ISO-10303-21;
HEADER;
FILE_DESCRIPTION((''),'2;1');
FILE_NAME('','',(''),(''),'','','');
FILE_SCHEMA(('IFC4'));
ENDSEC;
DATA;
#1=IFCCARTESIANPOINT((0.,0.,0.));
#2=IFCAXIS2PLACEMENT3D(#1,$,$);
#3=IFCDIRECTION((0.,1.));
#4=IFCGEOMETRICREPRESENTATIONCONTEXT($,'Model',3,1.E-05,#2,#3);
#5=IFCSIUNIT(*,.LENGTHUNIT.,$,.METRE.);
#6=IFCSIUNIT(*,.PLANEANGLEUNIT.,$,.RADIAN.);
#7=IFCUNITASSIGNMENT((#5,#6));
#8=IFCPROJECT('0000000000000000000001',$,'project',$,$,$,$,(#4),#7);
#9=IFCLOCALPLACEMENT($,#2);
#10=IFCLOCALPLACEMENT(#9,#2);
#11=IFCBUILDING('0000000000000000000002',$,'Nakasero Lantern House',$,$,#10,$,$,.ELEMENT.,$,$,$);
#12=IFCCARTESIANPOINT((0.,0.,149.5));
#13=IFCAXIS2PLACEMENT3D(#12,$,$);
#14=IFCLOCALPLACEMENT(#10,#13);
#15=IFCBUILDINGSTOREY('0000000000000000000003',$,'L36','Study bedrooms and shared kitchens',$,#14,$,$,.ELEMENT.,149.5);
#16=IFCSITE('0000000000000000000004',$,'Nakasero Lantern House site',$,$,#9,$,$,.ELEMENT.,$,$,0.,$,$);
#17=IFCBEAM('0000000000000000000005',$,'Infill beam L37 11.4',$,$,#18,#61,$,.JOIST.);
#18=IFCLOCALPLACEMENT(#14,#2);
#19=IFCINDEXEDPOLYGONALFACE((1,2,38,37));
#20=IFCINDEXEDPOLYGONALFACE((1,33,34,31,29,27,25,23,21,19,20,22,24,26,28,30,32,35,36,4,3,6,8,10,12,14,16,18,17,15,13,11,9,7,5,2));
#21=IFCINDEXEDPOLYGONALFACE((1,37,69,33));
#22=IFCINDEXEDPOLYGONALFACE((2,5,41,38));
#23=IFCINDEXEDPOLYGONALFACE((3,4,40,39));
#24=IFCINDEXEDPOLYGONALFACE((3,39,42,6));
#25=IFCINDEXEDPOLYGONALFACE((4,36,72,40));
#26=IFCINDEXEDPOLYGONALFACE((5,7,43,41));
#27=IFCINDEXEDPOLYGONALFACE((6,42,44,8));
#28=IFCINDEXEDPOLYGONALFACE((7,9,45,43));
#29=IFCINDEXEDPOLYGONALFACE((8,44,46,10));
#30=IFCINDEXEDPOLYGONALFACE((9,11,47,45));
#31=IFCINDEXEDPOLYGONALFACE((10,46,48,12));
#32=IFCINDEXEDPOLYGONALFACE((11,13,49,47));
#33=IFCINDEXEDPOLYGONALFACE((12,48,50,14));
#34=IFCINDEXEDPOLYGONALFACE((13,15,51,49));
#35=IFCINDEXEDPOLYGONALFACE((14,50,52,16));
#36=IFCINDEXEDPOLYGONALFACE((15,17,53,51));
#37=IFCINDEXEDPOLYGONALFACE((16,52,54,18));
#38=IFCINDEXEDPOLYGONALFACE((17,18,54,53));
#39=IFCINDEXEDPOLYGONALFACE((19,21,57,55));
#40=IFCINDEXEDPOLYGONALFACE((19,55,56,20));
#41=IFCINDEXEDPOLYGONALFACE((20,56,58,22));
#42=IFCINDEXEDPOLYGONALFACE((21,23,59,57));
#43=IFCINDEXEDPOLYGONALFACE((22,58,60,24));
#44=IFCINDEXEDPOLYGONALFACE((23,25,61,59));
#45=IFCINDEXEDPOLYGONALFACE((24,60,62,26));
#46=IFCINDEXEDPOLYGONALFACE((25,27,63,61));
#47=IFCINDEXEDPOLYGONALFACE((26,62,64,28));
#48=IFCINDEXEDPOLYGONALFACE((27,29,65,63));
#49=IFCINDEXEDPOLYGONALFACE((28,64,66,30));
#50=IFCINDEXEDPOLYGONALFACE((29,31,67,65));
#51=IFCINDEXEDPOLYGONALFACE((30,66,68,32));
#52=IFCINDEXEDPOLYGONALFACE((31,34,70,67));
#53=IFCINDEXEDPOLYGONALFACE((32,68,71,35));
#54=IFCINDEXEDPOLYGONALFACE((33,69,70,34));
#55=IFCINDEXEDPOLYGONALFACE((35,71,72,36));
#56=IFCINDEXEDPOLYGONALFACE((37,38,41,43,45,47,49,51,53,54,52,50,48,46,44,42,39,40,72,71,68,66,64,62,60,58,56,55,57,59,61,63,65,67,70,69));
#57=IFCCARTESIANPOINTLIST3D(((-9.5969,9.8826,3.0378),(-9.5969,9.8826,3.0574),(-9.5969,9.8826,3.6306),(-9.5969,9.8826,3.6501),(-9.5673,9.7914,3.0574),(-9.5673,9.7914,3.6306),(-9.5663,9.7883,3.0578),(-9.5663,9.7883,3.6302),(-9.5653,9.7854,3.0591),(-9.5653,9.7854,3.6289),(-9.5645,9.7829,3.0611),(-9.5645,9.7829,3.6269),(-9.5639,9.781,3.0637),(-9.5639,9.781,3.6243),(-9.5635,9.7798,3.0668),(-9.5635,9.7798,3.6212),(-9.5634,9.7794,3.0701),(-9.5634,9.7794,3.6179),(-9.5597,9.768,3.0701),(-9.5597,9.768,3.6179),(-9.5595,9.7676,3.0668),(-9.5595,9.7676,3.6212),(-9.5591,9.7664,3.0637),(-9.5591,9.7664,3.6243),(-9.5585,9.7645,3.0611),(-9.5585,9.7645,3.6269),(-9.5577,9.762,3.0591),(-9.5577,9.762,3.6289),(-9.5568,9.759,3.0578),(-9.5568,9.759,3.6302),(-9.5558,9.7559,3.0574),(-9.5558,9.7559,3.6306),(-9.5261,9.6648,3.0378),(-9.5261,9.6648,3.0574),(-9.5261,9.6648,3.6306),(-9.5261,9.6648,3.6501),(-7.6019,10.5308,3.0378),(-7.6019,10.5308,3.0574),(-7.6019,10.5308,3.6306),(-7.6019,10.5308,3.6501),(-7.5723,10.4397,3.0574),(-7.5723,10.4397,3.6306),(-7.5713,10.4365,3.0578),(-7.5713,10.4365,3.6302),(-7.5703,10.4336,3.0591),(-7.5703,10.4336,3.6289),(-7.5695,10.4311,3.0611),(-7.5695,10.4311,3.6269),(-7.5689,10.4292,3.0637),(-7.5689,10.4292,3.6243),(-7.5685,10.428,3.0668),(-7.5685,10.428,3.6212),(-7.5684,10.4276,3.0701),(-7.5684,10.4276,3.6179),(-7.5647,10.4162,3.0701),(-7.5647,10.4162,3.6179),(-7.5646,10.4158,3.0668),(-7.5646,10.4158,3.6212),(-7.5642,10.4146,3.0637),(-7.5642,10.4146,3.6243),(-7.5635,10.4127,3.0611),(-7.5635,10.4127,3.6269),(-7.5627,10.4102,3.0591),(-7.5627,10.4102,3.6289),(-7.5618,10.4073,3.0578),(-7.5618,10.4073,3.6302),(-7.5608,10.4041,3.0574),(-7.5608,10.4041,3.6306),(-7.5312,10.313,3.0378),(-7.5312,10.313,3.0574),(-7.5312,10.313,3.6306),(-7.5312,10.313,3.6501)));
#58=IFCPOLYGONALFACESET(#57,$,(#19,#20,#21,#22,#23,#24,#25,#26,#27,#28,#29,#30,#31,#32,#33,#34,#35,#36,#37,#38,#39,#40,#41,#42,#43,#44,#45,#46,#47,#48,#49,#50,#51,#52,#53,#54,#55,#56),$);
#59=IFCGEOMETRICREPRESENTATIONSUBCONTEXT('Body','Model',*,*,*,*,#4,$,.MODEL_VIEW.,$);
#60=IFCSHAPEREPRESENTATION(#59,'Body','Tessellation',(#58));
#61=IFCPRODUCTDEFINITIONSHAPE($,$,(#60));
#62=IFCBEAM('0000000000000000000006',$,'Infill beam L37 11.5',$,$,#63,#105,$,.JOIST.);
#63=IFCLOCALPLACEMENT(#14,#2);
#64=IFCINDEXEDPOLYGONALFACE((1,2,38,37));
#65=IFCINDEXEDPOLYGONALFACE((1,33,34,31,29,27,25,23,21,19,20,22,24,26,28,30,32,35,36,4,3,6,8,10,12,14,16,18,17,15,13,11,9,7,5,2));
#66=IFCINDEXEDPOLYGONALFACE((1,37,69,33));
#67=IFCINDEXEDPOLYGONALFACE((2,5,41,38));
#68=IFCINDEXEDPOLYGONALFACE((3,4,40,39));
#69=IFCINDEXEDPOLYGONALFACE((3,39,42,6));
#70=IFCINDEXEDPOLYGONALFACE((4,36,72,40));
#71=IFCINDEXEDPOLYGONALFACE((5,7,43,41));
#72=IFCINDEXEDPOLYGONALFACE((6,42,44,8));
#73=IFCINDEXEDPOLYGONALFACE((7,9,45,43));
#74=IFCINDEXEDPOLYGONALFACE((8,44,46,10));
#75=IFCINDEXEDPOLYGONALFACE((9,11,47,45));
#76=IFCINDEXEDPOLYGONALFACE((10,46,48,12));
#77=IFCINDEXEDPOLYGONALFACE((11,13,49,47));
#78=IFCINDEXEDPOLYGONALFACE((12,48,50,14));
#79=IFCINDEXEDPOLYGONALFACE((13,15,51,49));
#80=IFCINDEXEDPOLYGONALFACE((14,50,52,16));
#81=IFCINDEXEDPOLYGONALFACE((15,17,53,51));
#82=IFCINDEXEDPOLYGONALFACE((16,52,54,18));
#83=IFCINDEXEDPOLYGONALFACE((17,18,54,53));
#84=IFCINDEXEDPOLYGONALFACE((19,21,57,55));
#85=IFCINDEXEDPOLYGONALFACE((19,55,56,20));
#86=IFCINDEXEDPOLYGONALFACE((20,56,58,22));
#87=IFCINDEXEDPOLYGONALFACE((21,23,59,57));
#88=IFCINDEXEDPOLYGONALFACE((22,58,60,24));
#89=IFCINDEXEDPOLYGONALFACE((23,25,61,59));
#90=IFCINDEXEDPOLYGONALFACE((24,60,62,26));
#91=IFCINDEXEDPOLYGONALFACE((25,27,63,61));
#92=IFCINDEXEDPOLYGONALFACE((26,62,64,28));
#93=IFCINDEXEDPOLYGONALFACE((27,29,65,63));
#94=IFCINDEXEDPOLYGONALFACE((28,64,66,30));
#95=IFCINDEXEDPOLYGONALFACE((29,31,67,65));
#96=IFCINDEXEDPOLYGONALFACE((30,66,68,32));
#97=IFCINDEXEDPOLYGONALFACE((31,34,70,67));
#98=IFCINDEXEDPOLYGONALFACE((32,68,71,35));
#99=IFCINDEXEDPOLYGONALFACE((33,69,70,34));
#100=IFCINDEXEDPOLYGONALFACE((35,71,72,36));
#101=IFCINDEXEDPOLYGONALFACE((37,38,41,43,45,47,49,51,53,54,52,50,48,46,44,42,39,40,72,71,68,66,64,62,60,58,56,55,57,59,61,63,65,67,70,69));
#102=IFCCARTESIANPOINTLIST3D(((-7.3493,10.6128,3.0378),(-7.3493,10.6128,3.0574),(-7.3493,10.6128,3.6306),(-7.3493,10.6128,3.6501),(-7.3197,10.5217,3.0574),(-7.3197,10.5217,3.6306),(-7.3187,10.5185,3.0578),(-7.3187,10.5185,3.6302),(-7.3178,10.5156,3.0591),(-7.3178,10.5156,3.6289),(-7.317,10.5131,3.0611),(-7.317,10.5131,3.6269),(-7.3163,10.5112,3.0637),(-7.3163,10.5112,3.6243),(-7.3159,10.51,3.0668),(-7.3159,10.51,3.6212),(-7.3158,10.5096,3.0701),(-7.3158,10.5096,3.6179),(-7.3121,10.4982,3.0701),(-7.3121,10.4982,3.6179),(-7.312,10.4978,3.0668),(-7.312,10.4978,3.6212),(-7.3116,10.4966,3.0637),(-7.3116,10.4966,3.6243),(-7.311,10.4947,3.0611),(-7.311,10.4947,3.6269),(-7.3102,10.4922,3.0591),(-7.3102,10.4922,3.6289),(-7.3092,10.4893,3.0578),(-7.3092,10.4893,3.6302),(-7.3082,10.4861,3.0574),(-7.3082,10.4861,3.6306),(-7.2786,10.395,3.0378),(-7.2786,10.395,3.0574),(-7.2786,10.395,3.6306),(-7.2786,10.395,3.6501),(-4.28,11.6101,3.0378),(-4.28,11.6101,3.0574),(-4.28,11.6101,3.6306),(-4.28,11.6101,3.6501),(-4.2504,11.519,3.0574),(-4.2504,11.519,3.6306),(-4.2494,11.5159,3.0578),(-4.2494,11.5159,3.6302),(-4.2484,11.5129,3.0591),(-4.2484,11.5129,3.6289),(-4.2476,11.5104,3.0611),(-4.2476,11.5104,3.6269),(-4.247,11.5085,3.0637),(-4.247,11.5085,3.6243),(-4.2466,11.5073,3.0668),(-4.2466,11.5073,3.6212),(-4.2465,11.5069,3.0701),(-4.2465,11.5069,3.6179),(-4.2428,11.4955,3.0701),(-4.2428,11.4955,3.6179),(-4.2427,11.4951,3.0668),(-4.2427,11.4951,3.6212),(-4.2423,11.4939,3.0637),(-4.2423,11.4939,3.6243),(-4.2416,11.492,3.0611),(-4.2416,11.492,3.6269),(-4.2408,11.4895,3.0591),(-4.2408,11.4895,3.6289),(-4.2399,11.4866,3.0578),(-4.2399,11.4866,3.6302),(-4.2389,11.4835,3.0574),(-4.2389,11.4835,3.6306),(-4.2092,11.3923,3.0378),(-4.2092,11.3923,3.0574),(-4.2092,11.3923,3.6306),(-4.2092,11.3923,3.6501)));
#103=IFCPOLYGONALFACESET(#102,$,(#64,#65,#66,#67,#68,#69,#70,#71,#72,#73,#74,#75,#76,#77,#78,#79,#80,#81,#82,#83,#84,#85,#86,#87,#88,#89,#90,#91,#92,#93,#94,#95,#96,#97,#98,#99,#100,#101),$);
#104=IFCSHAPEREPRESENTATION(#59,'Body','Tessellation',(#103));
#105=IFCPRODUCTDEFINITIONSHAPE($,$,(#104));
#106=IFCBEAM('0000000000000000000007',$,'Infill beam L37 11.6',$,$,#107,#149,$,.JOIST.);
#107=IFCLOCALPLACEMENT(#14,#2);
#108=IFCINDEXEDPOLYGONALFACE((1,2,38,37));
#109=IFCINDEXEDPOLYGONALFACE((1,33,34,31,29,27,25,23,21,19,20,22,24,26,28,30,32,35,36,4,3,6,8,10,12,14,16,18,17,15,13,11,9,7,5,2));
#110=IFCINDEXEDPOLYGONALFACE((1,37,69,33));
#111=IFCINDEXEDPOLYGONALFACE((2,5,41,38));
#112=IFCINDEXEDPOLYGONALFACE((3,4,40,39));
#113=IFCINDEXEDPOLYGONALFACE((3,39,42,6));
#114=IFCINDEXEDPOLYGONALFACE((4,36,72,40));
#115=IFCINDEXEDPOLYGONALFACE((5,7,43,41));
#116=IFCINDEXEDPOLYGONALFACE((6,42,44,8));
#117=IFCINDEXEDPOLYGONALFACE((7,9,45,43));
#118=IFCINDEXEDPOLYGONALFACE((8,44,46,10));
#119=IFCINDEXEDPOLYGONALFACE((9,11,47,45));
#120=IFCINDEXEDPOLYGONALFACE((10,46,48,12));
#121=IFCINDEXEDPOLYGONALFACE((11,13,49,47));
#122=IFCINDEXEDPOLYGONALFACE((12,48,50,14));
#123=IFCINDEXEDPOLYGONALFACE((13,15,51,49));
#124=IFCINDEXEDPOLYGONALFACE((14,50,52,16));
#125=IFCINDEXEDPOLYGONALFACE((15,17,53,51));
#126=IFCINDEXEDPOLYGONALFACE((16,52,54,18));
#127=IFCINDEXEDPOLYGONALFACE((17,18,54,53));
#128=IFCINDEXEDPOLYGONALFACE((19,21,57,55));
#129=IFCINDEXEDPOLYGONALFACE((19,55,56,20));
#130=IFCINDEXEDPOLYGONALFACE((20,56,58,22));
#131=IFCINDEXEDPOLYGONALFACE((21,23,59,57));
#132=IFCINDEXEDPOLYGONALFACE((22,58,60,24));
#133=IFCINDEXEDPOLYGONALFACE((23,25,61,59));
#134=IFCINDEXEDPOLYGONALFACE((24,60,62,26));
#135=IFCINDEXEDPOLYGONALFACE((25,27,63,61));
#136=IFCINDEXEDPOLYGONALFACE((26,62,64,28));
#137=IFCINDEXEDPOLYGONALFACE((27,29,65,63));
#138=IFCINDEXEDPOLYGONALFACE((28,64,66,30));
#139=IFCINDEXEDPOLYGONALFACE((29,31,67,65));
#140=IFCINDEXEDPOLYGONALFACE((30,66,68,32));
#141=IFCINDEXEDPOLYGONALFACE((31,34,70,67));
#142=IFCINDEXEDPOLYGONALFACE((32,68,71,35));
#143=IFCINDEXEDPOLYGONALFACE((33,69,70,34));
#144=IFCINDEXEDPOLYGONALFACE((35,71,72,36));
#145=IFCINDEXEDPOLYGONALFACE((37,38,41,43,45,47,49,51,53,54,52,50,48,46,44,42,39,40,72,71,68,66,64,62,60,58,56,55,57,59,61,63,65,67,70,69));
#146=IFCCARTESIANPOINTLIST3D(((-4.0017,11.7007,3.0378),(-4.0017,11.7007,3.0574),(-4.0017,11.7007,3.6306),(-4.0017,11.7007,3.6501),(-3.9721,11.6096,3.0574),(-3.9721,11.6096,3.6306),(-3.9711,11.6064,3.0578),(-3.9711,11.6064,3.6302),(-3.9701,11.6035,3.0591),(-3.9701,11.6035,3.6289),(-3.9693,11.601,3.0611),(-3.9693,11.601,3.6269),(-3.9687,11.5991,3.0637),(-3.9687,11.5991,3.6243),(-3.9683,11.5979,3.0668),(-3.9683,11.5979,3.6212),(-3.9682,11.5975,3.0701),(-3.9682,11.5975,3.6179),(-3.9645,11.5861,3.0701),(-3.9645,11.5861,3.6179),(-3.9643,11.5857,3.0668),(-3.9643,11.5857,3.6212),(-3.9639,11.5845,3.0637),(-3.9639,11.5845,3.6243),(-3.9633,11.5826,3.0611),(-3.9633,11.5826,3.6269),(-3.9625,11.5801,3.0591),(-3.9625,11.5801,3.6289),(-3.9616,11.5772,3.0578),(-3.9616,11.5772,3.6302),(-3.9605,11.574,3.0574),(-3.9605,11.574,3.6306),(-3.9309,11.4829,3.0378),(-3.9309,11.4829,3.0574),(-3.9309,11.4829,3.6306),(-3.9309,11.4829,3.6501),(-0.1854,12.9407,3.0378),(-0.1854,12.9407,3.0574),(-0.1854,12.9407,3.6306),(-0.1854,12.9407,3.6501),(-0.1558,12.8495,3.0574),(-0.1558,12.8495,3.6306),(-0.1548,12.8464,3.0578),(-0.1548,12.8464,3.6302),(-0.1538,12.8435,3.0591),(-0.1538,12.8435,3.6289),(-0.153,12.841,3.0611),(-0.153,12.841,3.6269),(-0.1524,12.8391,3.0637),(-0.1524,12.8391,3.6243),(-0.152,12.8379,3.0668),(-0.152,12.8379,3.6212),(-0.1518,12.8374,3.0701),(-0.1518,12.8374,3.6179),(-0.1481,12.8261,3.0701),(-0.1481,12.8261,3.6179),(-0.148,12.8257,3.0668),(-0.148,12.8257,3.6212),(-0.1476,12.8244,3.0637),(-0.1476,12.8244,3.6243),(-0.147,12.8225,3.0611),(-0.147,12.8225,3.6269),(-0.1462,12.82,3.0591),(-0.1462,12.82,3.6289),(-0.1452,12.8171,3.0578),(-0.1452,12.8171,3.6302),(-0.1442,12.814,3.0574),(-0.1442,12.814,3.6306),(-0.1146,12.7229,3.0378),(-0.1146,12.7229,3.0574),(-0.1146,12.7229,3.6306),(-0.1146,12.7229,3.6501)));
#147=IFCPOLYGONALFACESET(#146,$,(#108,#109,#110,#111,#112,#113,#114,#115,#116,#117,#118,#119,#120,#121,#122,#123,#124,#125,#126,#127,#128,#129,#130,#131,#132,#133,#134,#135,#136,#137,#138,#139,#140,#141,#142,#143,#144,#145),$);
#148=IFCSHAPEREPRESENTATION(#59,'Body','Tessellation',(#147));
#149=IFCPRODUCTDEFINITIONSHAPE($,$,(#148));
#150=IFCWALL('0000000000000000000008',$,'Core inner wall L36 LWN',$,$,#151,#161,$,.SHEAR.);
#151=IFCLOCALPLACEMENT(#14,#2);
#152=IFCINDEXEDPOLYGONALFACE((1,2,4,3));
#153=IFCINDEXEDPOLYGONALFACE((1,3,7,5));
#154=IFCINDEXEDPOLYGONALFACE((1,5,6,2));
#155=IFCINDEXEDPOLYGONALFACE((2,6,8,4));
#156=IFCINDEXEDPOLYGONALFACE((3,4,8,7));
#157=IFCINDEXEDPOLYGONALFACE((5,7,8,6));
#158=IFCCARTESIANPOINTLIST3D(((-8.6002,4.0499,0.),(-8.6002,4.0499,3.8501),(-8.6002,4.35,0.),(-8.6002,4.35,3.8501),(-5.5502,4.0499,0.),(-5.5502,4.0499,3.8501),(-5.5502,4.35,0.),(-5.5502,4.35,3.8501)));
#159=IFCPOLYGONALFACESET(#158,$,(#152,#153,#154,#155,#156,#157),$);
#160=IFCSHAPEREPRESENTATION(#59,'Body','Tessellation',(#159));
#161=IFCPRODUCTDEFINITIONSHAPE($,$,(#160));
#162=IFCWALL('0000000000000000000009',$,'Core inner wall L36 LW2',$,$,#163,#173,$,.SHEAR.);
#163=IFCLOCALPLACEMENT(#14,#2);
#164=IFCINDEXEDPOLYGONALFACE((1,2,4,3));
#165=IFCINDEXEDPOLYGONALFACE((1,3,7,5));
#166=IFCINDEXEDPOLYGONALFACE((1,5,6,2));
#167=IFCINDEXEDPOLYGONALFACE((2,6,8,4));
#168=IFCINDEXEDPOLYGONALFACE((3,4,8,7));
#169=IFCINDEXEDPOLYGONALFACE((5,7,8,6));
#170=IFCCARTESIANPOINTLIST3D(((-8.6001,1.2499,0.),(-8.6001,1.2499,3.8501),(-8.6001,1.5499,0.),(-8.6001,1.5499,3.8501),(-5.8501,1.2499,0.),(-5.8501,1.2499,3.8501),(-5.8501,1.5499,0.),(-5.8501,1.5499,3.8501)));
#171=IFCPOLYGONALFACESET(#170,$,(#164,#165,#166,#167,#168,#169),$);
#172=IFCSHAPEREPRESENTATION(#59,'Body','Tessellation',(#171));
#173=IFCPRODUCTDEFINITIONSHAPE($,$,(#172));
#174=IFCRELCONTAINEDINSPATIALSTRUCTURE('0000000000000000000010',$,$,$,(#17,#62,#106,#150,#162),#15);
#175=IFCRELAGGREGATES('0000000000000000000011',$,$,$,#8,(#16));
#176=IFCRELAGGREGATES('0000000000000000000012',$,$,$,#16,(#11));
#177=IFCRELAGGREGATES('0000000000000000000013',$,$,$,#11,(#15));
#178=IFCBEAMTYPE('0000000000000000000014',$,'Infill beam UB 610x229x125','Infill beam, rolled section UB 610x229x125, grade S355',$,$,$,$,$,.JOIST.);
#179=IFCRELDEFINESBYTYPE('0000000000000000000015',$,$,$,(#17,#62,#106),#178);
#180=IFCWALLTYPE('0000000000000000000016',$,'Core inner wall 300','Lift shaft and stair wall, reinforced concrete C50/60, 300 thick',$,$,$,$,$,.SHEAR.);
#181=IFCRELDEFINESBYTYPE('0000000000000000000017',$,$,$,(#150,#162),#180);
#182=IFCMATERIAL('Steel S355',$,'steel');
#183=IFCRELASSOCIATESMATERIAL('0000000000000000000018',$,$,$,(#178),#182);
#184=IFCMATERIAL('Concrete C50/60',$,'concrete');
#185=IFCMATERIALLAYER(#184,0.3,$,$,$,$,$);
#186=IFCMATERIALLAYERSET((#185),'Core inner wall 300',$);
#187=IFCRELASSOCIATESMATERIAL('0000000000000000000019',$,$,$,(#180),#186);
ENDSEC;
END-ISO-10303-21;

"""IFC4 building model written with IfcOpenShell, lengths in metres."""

from ifc_helpers import new_model, si_unit, direction, frame, frame_2d, origin, origin_2d, place, context, subcontext, project, spatial, rectangle, i_section, extrude, material, layer, layer_set, material_profile, profile_set, type_object, element, save


model = new_model("IFC4")

# Units and contexts
model_context = context("Model", 3, precision=1e-05, world=origin(), true_north=direction((0.0, 1.0)))
body_context = subcontext(model_context, "Body", "Model", "MODEL_VIEW")
ifc_project = project(units=[si_unit("LENGTHUNIT", "METRE"), si_unit("PLANEANGLEUNIT", "RADIAN")], contexts=[model_context])

# Site, building, storey
site_placement = place(None, origin())
site = spatial("IfcSite", under=ifc_project, at=site_placement, Name="Nakasero Lantern House site", CompositionType="ELEMENT", RefElevation=0.0)
building_placement = place(site_placement, origin())
building = spatial("IfcBuilding", under=site, at=building_placement, Name="Nakasero Lantern House", CompositionType="ELEMENT")
storey_placement = place(building_placement, frame((0.0, 0.0, 149.5)))
storey = spatial("IfcBuildingStorey", under=building, at=storey_placement, Name="L36", Description="Study bedrooms and shared kitchens", CompositionType="ELEMENT", Elevation=149.5)

# Beams
ifc_material_1 = material(Name="Steel S355", Category="steel")
ifc_material_profile = material_profile(ifc_material_1, i_section(OverallWidth=0.229, OverallDepth=0.6123, WebThickness=0.012, FlangeThickness=0.0195, FilletRadius=0.0127, at=origin_2d()), Name="UB 610x229x125")
ifc_profile_set = profile_set([ifc_material_profile], Name="Steel S355")
beam_type = type_object("IfcBeamType", Name="Infill beam UB 610x229x125", Description="Infill beam, rolled section UB 610x229x125, grade S355", PredefinedType="JOIST", material=ifc_profile_set)
beam_1_placement = place(storey_placement, frame((-9.5615, 9.7737, 3.344), z_axis=(0.951054, 0.309026, 0.0), x_axis=(-0.309026, 0.951054, 0.0)))
element("IfcBeam", 1, at=beam_1_placement, inside=storey, type_object=beam_type, Name="Infill beam L37 11.4", PredefinedType="JOIST", context=body_context, shape_type="SweptSolid", body=[
    extrude(i_section(OverallWidth=0.229, OverallDepth=0.6123, WebThickness=0.012, FlangeThickness=0.0195, FilletRadius=0.0127, at=origin_2d()), origin(), (0.0, 0.0, 1.0), 2.0977),
])
beam_2_placement = place(storey_placement, frame((-7.314, 10.5039, 3.344), z_axis=(0.951054, 0.309024, 0.0), x_axis=(-0.309024, 0.951054, 0.0)))
element("IfcBeam", 2, at=beam_2_placement, inside=storey, type_object=beam_type, Name="Infill beam L37 11.5", PredefinedType="JOIST", context=body_context, shape_type="SweptSolid", body=[
    extrude(i_section(OverallWidth=0.229, OverallDepth=0.6123, WebThickness=0.012, FlangeThickness=0.0195, FilletRadius=0.0127, at=origin_2d()), origin(), (0.0, 0.0, 1.0), 3.2273),
])
beam_3_placement = place(storey_placement, frame((-3.9663, 11.5918, 3.344), z_axis=(0.951059, 0.309009, 0.0), x_axis=(-0.309009, 0.951059, 0.0)))
element("IfcBeam", 3, at=beam_3_placement, inside=storey, type_object=beam_type, Name="Infill beam L37 11.6", PredefinedType="JOIST", context=body_context, shape_type="SweptSolid", body=[
    extrude(i_section(OverallWidth=0.229, OverallDepth=0.6123, WebThickness=0.012, FlangeThickness=0.0195, FilletRadius=0.0127, at=origin_2d()), origin(), (0.0, 0.0, 1.0), 4.0127),
])

# Walls
ifc_material_2 = material(Name="Concrete C50/60", Category="concrete")
ifc_layer_1 = layer(ifc_material_2, 0.3)
ifc_layer_set_1 = layer_set([ifc_layer_1], Name="Core inner wall 300")
wall_type_1 = type_object("IfcWallType", Name="Core inner wall 300", Description="Lift shaft and stair wall, reinforced concrete C50/60, 300 thick", PredefinedType="SHEAR", material=ifc_layer_set_1)
wall_1_placement = place(storey_placement, frame((-8.6001, 4.2, 0.0), z_axis=(0.0, 0.0, 1.0), x_axis=(1.0, 0.0, 0.0)))
element("IfcWall", 4, at=wall_1_placement, inside=storey, type_object=wall_type_1, Name="Core inner wall L36 LWN", PredefinedType="SHEAR", context=body_context, shape_type="SweptSolid", body=[
    extrude(rectangle(XDim=3.05, YDim=0.3, at=frame_2d((1.5249, 0.0))), origin(), (0.0, 0.0, 1.0), 3.8501),
])
wall_2_placement = place(storey_placement, frame((-8.6001, 1.3999, 0.0), z_axis=(0.0, 0.0, 1.0), x_axis=(1.0, 0.0, 0.0)))
element("IfcWall", 5, at=wall_2_placement, inside=storey, type_object=wall_type_1, Name="Core inner wall L36 LW2", PredefinedType="SHEAR", context=body_context, shape_type="SweptSolid", body=[
    extrude(rectangle(XDim=2.75, YDim=0.3, at=frame_2d((1.375, 0.0))), origin(), (0.0, 0.0, 1.0), 3.8501),
])

save(model, "model.ifc")
